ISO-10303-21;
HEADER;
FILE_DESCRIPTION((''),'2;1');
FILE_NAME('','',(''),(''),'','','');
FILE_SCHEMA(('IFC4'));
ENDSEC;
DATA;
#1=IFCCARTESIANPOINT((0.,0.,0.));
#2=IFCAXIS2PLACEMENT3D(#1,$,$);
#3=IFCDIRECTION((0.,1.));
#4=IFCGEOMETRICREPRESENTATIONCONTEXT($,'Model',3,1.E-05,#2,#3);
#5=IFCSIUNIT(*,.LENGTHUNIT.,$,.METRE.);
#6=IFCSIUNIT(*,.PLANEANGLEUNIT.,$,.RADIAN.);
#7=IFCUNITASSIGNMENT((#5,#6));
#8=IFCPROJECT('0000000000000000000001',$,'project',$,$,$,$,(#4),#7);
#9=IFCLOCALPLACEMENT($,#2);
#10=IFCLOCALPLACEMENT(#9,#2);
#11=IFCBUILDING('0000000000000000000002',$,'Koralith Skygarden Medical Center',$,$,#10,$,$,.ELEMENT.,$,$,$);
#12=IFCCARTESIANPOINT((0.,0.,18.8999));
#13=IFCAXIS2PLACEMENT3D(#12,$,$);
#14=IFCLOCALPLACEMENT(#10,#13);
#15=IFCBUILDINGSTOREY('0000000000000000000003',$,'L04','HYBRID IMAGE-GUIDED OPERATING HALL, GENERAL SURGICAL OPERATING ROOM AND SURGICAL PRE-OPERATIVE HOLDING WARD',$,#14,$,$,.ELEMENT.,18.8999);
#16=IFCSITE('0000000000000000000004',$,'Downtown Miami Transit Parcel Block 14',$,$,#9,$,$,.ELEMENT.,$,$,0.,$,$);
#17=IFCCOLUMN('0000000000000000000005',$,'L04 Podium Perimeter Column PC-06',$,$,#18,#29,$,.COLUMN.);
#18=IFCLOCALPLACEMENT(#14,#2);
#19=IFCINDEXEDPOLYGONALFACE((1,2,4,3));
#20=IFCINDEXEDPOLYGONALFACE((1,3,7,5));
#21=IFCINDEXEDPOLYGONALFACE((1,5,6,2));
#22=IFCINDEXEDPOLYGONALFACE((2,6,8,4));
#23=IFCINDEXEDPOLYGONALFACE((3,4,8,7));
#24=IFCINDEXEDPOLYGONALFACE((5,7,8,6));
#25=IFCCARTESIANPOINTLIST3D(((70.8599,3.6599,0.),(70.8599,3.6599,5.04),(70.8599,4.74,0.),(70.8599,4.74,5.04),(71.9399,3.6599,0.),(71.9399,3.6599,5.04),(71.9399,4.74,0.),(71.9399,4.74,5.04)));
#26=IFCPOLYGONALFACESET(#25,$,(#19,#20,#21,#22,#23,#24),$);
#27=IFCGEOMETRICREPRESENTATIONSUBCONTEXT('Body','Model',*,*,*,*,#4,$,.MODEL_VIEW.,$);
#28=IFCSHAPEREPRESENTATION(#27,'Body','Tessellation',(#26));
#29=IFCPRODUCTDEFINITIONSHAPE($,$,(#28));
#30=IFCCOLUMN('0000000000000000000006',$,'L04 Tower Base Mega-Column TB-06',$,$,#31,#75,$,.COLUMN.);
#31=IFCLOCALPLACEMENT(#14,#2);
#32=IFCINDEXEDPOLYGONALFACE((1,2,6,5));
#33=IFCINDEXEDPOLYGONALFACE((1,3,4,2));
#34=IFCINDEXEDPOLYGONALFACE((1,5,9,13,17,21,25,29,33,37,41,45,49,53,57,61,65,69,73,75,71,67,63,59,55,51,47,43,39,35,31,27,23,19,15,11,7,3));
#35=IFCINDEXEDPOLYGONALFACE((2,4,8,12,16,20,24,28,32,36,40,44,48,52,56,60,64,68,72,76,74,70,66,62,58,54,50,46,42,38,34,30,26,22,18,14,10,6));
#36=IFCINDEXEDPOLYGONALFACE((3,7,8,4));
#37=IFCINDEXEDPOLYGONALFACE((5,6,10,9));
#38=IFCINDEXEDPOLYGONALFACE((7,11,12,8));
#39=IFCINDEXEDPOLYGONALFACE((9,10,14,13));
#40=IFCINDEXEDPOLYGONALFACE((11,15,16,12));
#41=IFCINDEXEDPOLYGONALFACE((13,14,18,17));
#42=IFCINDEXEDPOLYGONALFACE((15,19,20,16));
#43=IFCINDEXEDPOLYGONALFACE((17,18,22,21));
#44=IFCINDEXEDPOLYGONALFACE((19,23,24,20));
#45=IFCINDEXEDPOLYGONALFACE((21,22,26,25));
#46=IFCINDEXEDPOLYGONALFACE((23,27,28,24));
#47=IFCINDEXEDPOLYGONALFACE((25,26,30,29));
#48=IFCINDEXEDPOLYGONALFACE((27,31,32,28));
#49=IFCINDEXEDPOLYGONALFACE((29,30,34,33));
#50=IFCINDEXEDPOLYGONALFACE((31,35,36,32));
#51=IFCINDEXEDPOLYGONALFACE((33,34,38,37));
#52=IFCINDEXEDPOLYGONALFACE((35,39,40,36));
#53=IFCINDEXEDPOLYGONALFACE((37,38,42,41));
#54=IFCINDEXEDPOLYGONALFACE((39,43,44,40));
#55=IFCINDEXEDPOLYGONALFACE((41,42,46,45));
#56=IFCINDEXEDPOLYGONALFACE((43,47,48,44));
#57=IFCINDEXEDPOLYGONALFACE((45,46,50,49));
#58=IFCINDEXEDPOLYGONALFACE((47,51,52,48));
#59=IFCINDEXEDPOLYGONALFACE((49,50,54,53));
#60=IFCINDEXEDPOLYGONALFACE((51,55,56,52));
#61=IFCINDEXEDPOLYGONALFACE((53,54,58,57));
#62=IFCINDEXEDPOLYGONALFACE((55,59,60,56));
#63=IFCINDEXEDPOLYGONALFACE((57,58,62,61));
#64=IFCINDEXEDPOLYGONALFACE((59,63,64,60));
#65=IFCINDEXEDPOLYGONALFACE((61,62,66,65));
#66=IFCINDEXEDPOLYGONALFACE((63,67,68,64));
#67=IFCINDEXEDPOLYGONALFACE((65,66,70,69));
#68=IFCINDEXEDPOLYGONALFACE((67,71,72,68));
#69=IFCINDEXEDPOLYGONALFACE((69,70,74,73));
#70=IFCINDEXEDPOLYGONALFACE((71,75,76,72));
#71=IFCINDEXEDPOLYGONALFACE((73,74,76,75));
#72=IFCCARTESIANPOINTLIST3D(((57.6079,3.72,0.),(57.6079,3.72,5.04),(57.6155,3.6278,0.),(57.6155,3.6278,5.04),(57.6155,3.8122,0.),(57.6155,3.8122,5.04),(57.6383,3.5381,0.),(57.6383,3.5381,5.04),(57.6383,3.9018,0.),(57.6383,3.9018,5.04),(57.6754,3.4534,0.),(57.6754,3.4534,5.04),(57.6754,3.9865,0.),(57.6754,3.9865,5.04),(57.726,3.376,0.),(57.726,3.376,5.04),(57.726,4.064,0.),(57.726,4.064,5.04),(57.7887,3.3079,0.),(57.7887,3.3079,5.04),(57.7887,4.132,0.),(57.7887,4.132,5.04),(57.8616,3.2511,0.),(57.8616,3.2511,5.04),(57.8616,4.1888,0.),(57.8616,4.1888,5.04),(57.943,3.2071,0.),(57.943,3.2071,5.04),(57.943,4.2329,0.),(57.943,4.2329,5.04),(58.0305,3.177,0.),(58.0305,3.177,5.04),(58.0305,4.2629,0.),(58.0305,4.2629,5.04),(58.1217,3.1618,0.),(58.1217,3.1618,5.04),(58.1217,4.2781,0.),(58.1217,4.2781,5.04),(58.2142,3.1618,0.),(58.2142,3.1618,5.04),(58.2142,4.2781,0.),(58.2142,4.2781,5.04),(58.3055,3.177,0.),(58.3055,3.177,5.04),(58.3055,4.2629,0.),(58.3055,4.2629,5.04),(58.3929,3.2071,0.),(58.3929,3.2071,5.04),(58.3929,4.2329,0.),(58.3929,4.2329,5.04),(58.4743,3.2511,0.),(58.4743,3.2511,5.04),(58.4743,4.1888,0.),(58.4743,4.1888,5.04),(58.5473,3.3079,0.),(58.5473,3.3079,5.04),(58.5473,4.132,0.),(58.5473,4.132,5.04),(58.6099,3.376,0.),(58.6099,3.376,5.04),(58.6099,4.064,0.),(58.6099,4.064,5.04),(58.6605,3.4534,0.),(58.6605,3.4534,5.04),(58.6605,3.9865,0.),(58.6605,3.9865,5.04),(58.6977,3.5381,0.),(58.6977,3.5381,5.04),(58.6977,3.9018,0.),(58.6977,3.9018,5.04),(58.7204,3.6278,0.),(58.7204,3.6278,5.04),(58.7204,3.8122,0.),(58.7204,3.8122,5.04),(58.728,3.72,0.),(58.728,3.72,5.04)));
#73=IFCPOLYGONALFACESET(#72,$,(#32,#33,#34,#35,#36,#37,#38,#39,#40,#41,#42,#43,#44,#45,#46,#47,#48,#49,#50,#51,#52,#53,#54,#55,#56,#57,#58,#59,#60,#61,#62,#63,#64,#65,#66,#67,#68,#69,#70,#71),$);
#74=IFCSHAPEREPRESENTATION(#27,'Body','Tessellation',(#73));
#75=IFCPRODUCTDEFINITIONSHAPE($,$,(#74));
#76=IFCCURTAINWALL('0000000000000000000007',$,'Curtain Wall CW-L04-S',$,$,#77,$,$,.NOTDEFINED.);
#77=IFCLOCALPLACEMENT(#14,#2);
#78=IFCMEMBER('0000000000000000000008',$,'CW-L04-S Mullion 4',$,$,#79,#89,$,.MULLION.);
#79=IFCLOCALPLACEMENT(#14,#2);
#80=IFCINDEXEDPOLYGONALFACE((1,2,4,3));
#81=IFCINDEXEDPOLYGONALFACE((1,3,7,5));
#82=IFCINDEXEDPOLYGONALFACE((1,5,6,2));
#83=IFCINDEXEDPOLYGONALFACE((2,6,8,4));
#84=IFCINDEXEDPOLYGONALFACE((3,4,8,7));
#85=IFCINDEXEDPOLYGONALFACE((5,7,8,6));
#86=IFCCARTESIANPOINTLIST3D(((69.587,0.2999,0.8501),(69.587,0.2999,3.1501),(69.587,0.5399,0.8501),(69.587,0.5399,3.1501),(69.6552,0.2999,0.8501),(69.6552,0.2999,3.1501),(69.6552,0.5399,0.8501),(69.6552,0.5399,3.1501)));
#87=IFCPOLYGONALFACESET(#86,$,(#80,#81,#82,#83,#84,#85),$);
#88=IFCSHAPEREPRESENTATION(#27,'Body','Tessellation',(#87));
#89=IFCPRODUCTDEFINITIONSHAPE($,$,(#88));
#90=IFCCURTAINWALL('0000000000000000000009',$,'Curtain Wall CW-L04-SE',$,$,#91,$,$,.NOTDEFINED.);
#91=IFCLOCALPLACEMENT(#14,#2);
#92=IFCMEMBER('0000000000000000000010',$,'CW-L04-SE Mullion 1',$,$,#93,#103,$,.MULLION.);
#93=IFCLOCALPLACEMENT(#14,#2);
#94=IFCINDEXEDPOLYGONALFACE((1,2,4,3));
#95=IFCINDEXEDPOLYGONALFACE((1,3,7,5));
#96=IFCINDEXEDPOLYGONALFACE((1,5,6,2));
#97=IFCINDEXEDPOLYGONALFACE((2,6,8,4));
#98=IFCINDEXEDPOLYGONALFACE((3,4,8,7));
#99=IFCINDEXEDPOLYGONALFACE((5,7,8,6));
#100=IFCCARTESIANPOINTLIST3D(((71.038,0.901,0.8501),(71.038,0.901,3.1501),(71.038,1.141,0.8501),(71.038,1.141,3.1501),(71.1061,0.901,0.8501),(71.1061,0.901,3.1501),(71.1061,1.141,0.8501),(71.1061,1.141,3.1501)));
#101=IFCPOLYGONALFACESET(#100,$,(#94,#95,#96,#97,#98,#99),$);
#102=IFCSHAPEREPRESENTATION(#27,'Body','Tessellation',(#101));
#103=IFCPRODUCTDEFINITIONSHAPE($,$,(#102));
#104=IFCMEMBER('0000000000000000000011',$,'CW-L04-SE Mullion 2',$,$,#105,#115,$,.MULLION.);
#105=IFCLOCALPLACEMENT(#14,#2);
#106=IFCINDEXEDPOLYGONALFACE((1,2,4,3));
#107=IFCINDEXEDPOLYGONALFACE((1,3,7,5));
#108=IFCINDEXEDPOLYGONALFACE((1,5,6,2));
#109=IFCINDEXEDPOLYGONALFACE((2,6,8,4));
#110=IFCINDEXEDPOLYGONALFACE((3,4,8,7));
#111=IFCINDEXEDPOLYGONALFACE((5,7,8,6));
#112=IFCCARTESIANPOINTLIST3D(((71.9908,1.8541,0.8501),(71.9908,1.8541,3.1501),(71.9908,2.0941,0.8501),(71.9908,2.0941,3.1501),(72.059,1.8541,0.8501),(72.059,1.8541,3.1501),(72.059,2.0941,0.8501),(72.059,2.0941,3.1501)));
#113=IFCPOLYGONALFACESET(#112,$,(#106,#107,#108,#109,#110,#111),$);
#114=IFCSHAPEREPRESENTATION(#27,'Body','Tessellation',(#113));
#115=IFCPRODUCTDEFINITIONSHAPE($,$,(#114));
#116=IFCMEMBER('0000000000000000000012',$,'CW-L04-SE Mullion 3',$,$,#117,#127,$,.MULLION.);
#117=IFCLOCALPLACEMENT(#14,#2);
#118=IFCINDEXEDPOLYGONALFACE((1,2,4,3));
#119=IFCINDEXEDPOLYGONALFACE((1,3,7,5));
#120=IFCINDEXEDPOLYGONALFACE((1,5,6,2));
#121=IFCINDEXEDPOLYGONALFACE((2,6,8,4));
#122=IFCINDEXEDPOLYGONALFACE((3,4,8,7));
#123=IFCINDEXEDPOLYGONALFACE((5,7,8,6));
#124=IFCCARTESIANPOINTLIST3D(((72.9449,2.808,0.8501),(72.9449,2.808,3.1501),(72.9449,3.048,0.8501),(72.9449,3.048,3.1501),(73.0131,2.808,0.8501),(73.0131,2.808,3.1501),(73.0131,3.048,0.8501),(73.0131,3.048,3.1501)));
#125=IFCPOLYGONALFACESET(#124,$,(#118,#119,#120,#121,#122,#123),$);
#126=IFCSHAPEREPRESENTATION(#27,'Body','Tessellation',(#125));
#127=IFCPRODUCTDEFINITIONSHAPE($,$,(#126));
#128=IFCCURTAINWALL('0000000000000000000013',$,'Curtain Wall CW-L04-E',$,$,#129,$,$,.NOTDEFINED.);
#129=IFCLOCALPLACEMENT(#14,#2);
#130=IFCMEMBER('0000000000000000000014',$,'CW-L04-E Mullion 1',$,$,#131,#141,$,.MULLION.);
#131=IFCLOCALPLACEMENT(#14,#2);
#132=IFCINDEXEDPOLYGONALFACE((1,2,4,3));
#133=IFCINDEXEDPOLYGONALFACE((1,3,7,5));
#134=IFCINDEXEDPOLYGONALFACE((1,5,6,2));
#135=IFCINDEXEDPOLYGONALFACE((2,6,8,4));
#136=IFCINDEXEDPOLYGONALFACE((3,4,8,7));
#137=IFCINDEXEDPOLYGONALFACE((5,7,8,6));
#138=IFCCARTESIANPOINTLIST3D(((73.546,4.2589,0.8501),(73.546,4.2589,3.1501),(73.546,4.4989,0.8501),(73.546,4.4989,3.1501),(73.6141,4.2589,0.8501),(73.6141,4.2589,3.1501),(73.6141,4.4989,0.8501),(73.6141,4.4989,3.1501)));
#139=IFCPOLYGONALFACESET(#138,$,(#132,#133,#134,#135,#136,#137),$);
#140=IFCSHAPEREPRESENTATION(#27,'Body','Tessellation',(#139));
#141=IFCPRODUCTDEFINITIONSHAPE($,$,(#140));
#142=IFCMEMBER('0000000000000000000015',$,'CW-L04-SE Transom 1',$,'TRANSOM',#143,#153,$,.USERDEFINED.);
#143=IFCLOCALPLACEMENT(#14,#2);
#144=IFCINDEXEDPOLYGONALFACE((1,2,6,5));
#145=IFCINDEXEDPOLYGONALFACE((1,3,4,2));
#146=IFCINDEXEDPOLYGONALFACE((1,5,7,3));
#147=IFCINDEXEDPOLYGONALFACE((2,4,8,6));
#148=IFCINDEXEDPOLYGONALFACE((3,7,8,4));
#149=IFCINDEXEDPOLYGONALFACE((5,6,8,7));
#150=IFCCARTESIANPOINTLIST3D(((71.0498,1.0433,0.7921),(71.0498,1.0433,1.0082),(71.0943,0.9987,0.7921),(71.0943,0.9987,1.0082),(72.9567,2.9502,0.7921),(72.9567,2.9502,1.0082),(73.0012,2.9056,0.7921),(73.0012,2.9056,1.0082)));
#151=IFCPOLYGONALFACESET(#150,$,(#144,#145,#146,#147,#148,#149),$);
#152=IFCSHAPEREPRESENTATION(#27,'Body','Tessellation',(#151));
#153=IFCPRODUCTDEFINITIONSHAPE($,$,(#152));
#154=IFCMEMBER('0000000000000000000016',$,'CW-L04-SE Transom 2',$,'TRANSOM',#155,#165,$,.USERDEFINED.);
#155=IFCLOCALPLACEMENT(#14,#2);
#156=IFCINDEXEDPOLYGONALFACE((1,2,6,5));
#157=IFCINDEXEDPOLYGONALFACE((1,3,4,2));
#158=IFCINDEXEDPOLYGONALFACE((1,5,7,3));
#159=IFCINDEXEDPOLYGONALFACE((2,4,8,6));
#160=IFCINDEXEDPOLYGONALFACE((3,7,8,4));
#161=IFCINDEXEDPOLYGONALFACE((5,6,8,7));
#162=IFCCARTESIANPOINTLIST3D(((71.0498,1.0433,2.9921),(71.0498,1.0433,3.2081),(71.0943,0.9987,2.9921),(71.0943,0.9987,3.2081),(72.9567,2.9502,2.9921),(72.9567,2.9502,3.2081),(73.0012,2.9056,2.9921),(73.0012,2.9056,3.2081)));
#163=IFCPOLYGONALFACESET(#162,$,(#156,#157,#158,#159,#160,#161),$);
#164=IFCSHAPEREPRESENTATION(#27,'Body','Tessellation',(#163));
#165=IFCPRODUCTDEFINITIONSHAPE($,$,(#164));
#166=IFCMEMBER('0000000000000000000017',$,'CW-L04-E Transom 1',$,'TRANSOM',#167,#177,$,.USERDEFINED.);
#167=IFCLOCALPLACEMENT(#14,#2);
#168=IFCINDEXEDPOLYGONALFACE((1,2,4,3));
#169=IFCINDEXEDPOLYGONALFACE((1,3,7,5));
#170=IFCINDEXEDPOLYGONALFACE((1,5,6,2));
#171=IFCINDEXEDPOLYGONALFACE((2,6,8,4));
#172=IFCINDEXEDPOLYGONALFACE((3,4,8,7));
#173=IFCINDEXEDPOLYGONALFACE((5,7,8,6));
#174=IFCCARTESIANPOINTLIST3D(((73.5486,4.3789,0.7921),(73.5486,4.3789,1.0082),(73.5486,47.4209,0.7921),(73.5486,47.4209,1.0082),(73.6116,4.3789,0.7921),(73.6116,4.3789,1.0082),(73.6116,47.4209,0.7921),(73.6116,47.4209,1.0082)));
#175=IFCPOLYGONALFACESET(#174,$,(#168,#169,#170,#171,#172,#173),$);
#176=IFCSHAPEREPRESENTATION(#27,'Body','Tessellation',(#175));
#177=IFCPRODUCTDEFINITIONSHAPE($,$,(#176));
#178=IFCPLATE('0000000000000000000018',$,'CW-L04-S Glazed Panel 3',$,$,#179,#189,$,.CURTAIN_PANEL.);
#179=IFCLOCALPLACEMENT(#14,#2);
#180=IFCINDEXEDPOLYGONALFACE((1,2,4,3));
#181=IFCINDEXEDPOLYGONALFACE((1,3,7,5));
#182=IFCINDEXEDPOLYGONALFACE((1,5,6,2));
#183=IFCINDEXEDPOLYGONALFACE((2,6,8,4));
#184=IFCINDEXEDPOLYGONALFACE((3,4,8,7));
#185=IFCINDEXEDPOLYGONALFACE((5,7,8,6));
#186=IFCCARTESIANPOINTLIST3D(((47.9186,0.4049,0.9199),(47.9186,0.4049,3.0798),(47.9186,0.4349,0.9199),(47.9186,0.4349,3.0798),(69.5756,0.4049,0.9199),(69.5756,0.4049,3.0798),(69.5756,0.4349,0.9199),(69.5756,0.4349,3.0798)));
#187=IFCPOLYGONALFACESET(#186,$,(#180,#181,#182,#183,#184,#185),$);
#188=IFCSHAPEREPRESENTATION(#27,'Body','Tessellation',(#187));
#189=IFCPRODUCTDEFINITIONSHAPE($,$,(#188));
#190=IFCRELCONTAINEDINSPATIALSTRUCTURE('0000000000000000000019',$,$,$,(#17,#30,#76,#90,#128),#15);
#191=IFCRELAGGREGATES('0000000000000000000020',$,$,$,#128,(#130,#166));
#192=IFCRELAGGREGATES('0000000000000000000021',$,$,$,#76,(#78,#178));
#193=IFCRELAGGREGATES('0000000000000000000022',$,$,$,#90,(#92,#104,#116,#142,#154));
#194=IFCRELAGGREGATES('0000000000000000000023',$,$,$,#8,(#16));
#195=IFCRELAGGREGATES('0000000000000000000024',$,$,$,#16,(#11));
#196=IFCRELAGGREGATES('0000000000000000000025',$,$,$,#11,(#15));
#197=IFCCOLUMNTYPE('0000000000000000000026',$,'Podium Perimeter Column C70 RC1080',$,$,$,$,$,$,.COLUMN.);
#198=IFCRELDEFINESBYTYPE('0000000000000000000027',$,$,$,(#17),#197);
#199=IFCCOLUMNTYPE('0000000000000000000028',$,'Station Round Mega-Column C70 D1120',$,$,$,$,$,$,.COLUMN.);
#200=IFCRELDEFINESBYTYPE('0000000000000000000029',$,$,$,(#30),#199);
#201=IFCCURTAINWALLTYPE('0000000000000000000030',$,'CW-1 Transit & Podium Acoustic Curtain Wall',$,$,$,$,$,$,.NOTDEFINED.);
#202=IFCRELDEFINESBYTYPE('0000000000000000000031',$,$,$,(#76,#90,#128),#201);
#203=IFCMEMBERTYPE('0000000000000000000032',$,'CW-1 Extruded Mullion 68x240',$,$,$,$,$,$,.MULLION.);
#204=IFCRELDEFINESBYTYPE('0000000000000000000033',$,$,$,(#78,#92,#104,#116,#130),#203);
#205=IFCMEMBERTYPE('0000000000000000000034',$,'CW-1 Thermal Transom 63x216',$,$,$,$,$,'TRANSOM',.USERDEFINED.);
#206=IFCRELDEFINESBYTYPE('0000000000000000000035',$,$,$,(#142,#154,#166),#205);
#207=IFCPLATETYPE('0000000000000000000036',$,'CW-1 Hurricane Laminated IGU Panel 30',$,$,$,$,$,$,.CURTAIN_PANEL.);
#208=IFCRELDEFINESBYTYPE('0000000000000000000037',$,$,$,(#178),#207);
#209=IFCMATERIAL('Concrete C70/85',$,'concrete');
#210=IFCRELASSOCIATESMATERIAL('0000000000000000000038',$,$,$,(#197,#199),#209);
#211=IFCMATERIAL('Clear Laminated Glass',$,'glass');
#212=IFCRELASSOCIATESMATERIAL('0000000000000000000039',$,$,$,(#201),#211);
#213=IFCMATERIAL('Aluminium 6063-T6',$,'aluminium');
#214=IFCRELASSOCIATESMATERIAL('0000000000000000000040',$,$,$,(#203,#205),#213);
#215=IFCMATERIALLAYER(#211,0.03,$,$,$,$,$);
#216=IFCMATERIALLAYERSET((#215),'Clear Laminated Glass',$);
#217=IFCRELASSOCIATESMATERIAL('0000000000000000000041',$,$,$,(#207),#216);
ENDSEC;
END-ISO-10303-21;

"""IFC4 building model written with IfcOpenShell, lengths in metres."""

from ifc_helpers import new_model, si_unit, direction, frame, origin, origin_2d, place, context, subcontext, project, spatial, rectangle, circle, extrude, material, layer, layer_set, material_profile, profile_set, type_object, element, aggregate, save


model = new_model("IFC4")

# Units and contexts
model_context = context("Model", 3, precision=1e-05, world=origin(), true_north=direction((0.0, 1.0)))
body_context = subcontext(model_context, "Body", "Model", "MODEL_VIEW")
ifc_project = project(units=[si_unit("LENGTHUNIT", "METRE"), si_unit("PLANEANGLEUNIT", "RADIAN")], contexts=[model_context])

# Site, building, storey
site_placement = place(None, origin())
site = spatial("IfcSite", under=ifc_project, at=site_placement, Name="Downtown Miami Transit Parcel Block 14", CompositionType="ELEMENT", RefElevation=0.0)
building_placement = place(site_placement, origin())
building = spatial("IfcBuilding", under=site, at=building_placement, Name="Koralith Skygarden Medical Center", CompositionType="ELEMENT")
storey_placement = place(building_placement, frame((0.0, 0.0, 18.8999)))
storey = spatial("IfcBuildingStorey", under=building, at=storey_placement, Name="L04", Description="HYBRID IMAGE-GUIDED OPERATING HALL, GENERAL SURGICAL OPERATING ROOM AND SURGICAL PRE-OPERATIVE HOLDING WARD", CompositionType="ELEMENT", Elevation=18.8999)

# Columns
ifc_material_1 = material(Name="Concrete C70/85", Category="concrete")
ifc_material_profile_1 = material_profile(ifc_material_1, rectangle(XDim=1.0801, YDim=1.0801, at=origin_2d()), Name="RC1080X1080")
ifc_profile_set_1 = profile_set([ifc_material_profile_1], Name="Concrete C70/85")
column_type_1 = type_object("IfcColumnType", Name="Podium Perimeter Column C70 RC1080", PredefinedType="COLUMN", material=ifc_profile_set_1)
column_1_placement = place(storey_placement, frame((71.3999, 4.2, 0.0), z_axis=(0.0, 0.0, 1.0), x_axis=(1.0, 0.0, 0.0)))
element("IfcColumn", 1, at=column_1_placement, inside=storey, type_object=column_type_1, Name="L04 Podium Perimeter Column PC-06", PredefinedType="COLUMN", context=body_context, shape_type="SweptSolid", body=[
    extrude(rectangle(XDim=1.0801, YDim=1.0801, at=origin_2d()), origin(), (0.0, 0.0, 1.0), 5.04),
])
ifc_material_profile_2 = material_profile(ifc_material_1, circle(Radius=0.5601, at=origin_2d()), Name="RCCOL1120")
ifc_profile_set_2 = profile_set([ifc_material_profile_2], Name="Concrete C70/85")
column_type_2 = type_object("IfcColumnType", Name="Station Round Mega-Column C70 D1120", PredefinedType="COLUMN", material=ifc_profile_set_2)
column_2_placement = place(storey_placement, frame((58.168, 3.72, 0.0), z_axis=(0.0, 0.0, 1.0), x_axis=(1.0, 0.0, 0.0)))
element("IfcColumn", 2, at=column_2_placement, inside=storey, type_object=column_type_2, Name="L04 Tower Base Mega-Column TB-06", PredefinedType="COLUMN", context=body_context, shape_type="SweptSolid", body=[
    extrude(circle(Radius=0.5601, at=origin_2d()), origin(), (0.0, 0.0, 1.0), 5.04),
])

# Curtain wall, member
ifc_material_2 = material(Name="Clear Laminated Glass", Category="glass")
curtain_wall_type = type_object("IfcCurtainWallType", Name="CW-1 Transit & Podium Acoustic Curtain Wall", PredefinedType="NOTDEFINED", material=ifc_material_2)
curtain_wall_1_placement = place(storey_placement, origin())
curtain_wall_1 = element("IfcCurtainWall", 3, at=curtain_wall_1_placement, inside=storey, type_object=curtain_wall_type, Name="Curtain Wall CW-L04-S", PredefinedType="NOTDEFINED")
ifc_material_3 = material(Name="Aluminium 6063-T6", Category="aluminium")
ifc_material_profile_3 = material_profile(ifc_material_3, rectangle(XDim=0.0681, YDim=0.24, at=origin_2d()), Name="MUL68X240")
ifc_profile_set_3 = profile_set([ifc_material_profile_3], Name="Aluminium 6063-T6")
member_type_1 = type_object("IfcMemberType", Name="CW-1 Extruded Mullion 68x240", PredefinedType="MULLION", material=ifc_profile_set_3)
member_1_placement = place(storey_placement, frame((69.6211, 0.4199, 0.8501), z_axis=(0.0, 0.0, 1.0), x_axis=(1.0, 0.0, 0.0)))
member_1 = element("IfcMember", 4, at=member_1_placement, type_object=member_type_1, Name="CW-L04-S Mullion 4", PredefinedType="MULLION", context=body_context, shape_type="SweptSolid", body=[
    extrude(rectangle(XDim=0.0681, YDim=0.24, at=origin_2d()), origin(), (0.0, 0.0, 1.0), 2.3),
])

# Curtain wall, members
curtain_wall_2_placement = place(storey_placement, origin())
curtain_wall_2 = element("IfcCurtainWall", 5, at=curtain_wall_2_placement, inside=storey, type_object=curtain_wall_type, Name="Curtain Wall CW-L04-SE", PredefinedType="NOTDEFINED")
member_2_placement = place(storey_placement, frame((71.072, 1.021, 0.8501), z_axis=(0.0, 0.0, 1.0), x_axis=(1.0, 0.0, 0.0)))
member_2 = element("IfcMember", 6, at=member_2_placement, type_object=member_type_1, Name="CW-L04-SE Mullion 1", PredefinedType="MULLION", context=body_context, shape_type="SweptSolid", body=[
    extrude(rectangle(XDim=0.0681, YDim=0.24, at=origin_2d()), origin(), (0.0, 0.0, 1.0), 2.3),
])
member_3_placement = place(storey_placement, frame((72.0249, 1.9741, 0.8501), z_axis=(0.0, 0.0, 1.0), x_axis=(1.0, 0.0, 0.0)))
member_3 = element("IfcMember", 7, at=member_3_placement, type_object=member_type_1, Name="CW-L04-SE Mullion 2", PredefinedType="MULLION", context=body_context, shape_type="SweptSolid", body=[
    extrude(rectangle(XDim=0.0681, YDim=0.24, at=origin_2d()), origin(), (0.0, 0.0, 1.0), 2.3),
])
member_4_placement = place(storey_placement, frame((72.979, 2.928, 0.8501), z_axis=(0.0, 0.0, 1.0), x_axis=(1.0, 0.0, 0.0)))
member_4 = element("IfcMember", 8, at=member_4_placement, type_object=member_type_1, Name="CW-L04-SE Mullion 3", PredefinedType="MULLION", context=body_context, shape_type="SweptSolid", body=[
    extrude(rectangle(XDim=0.0681, YDim=0.24, at=origin_2d()), origin(), (0.0, 0.0, 1.0), 2.3),
])

# Curtain wall, member
curtain_wall_3_placement = place(storey_placement, origin())
curtain_wall_3 = element("IfcCurtainWall", 9, at=curtain_wall_3_placement, inside=storey, type_object=curtain_wall_type, Name="Curtain Wall CW-L04-E", PredefinedType="NOTDEFINED")
member_5_placement = place(storey_placement, frame((73.5801, 4.3789, 0.8501), z_axis=(0.0, 0.0, 1.0), x_axis=(1.0, 0.0, 0.0)))
member_5 = element("IfcMember", 10, at=member_5_placement, type_object=member_type_1, Name="CW-L04-E Mullion 1", PredefinedType="MULLION", context=body_context, shape_type="SweptSolid", body=[
    extrude(rectangle(XDim=0.0681, YDim=0.24, at=origin_2d()), origin(), (0.0, 0.0, 1.0), 2.3),
])

# Members
ifc_material_profile_4 = material_profile(ifc_material_3, rectangle(XDim=0.063, YDim=0.2161, at=origin_2d()), Name="TRN63X216")
ifc_profile_set_4 = profile_set([ifc_material_profile_4], Name="Aluminium 6063-T6")
member_type_2 = type_object("IfcMemberType", Name="CW-1 Thermal Transom 63x216", ElementType="TRANSOM", PredefinedType="USERDEFINED", material=ifc_profile_set_4)
member_6_placement = place(storey_placement, frame((71.072, 1.021, 0.9001), z_axis=(0.707107, 0.707107, 0.0), x_axis=(-0.707107, 0.707107, 0.0)))
member_6 = element("IfcMember", 11, at=member_6_placement, type_object=member_type_2, Name="CW-L04-SE Transom 1", ObjectType="TRANSOM", PredefinedType="USERDEFINED", context=body_context, shape_type="SweptSolid", body=[
    extrude(rectangle(XDim=0.063, YDim=0.2161, at=origin_2d()), origin(), (0.0, 0.0, 1.0), 2.6968),
])
member_7_placement = place(storey_placement, frame((71.072, 1.021, 3.1001), z_axis=(0.707107, 0.707107, 0.0), x_axis=(-0.707107, 0.707107, 0.0)))
member_7 = element("IfcMember", 12, at=member_7_placement, type_object=member_type_2, Name="CW-L04-SE Transom 2", ObjectType="TRANSOM", PredefinedType="USERDEFINED", context=body_context, shape_type="SweptSolid", body=[
    extrude(rectangle(XDim=0.063, YDim=0.2161, at=origin_2d()), origin(), (0.0, 0.0, 1.0), 2.6968),
])
member_8_placement = place(storey_placement, frame((73.5801, 4.3789, 0.9001), z_axis=(0.0, 1.0, 0.0), x_axis=(-1.0, 0.0, 0.0)))
member_8 = element("IfcMember", 13, at=member_8_placement, type_object=member_type_2, Name="CW-L04-E Transom 1", ObjectType="TRANSOM", PredefinedType="USERDEFINED", context=body_context, shape_type="SweptSolid", body=[
    extrude(rectangle(XDim=0.063, YDim=0.2161, at=origin_2d()), origin(), (0.0, 0.0, 1.0), 43.042),
])
aggregate(curtain_wall_3, [member_5, member_8])

# Plate
ifc_layer_1 = layer(ifc_material_2, 0.03)
ifc_layer_set_1 = layer_set([ifc_layer_1], Name="Clear Laminated Glass")
plate_type_1 = type_object("IfcPlateType", Name="CW-1 Hurricane Laminated IGU Panel 30", PredefinedType="CURTAIN_PANEL", material=ifc_layer_set_1)
plate_1_placement = place(storey_placement, frame((58.7471, 0.4199, 0.9199), z_axis=(0.0, 0.0, 1.0), x_axis=(1.0, 0.0, 0.0)))
plate_1 = element("IfcPlate", 14, at=plate_1_placement, type_object=plate_type_1, Name="CW-L04-S Glazed Panel 3", PredefinedType="CURTAIN_PANEL", context=body_context, shape_type="SweptSolid", body=[
    extrude(rectangle(XDim=21.657, YDim=0.03, at=origin_2d()), origin(), (0.0, 0.0, 1.0), 2.1599),
])
aggregate(curtain_wall_1, [member_1, plate_1])
aggregate(curtain_wall_2, [member_2, member_3, member_4, member_6, member_7])

save(model, "model.ifc")
